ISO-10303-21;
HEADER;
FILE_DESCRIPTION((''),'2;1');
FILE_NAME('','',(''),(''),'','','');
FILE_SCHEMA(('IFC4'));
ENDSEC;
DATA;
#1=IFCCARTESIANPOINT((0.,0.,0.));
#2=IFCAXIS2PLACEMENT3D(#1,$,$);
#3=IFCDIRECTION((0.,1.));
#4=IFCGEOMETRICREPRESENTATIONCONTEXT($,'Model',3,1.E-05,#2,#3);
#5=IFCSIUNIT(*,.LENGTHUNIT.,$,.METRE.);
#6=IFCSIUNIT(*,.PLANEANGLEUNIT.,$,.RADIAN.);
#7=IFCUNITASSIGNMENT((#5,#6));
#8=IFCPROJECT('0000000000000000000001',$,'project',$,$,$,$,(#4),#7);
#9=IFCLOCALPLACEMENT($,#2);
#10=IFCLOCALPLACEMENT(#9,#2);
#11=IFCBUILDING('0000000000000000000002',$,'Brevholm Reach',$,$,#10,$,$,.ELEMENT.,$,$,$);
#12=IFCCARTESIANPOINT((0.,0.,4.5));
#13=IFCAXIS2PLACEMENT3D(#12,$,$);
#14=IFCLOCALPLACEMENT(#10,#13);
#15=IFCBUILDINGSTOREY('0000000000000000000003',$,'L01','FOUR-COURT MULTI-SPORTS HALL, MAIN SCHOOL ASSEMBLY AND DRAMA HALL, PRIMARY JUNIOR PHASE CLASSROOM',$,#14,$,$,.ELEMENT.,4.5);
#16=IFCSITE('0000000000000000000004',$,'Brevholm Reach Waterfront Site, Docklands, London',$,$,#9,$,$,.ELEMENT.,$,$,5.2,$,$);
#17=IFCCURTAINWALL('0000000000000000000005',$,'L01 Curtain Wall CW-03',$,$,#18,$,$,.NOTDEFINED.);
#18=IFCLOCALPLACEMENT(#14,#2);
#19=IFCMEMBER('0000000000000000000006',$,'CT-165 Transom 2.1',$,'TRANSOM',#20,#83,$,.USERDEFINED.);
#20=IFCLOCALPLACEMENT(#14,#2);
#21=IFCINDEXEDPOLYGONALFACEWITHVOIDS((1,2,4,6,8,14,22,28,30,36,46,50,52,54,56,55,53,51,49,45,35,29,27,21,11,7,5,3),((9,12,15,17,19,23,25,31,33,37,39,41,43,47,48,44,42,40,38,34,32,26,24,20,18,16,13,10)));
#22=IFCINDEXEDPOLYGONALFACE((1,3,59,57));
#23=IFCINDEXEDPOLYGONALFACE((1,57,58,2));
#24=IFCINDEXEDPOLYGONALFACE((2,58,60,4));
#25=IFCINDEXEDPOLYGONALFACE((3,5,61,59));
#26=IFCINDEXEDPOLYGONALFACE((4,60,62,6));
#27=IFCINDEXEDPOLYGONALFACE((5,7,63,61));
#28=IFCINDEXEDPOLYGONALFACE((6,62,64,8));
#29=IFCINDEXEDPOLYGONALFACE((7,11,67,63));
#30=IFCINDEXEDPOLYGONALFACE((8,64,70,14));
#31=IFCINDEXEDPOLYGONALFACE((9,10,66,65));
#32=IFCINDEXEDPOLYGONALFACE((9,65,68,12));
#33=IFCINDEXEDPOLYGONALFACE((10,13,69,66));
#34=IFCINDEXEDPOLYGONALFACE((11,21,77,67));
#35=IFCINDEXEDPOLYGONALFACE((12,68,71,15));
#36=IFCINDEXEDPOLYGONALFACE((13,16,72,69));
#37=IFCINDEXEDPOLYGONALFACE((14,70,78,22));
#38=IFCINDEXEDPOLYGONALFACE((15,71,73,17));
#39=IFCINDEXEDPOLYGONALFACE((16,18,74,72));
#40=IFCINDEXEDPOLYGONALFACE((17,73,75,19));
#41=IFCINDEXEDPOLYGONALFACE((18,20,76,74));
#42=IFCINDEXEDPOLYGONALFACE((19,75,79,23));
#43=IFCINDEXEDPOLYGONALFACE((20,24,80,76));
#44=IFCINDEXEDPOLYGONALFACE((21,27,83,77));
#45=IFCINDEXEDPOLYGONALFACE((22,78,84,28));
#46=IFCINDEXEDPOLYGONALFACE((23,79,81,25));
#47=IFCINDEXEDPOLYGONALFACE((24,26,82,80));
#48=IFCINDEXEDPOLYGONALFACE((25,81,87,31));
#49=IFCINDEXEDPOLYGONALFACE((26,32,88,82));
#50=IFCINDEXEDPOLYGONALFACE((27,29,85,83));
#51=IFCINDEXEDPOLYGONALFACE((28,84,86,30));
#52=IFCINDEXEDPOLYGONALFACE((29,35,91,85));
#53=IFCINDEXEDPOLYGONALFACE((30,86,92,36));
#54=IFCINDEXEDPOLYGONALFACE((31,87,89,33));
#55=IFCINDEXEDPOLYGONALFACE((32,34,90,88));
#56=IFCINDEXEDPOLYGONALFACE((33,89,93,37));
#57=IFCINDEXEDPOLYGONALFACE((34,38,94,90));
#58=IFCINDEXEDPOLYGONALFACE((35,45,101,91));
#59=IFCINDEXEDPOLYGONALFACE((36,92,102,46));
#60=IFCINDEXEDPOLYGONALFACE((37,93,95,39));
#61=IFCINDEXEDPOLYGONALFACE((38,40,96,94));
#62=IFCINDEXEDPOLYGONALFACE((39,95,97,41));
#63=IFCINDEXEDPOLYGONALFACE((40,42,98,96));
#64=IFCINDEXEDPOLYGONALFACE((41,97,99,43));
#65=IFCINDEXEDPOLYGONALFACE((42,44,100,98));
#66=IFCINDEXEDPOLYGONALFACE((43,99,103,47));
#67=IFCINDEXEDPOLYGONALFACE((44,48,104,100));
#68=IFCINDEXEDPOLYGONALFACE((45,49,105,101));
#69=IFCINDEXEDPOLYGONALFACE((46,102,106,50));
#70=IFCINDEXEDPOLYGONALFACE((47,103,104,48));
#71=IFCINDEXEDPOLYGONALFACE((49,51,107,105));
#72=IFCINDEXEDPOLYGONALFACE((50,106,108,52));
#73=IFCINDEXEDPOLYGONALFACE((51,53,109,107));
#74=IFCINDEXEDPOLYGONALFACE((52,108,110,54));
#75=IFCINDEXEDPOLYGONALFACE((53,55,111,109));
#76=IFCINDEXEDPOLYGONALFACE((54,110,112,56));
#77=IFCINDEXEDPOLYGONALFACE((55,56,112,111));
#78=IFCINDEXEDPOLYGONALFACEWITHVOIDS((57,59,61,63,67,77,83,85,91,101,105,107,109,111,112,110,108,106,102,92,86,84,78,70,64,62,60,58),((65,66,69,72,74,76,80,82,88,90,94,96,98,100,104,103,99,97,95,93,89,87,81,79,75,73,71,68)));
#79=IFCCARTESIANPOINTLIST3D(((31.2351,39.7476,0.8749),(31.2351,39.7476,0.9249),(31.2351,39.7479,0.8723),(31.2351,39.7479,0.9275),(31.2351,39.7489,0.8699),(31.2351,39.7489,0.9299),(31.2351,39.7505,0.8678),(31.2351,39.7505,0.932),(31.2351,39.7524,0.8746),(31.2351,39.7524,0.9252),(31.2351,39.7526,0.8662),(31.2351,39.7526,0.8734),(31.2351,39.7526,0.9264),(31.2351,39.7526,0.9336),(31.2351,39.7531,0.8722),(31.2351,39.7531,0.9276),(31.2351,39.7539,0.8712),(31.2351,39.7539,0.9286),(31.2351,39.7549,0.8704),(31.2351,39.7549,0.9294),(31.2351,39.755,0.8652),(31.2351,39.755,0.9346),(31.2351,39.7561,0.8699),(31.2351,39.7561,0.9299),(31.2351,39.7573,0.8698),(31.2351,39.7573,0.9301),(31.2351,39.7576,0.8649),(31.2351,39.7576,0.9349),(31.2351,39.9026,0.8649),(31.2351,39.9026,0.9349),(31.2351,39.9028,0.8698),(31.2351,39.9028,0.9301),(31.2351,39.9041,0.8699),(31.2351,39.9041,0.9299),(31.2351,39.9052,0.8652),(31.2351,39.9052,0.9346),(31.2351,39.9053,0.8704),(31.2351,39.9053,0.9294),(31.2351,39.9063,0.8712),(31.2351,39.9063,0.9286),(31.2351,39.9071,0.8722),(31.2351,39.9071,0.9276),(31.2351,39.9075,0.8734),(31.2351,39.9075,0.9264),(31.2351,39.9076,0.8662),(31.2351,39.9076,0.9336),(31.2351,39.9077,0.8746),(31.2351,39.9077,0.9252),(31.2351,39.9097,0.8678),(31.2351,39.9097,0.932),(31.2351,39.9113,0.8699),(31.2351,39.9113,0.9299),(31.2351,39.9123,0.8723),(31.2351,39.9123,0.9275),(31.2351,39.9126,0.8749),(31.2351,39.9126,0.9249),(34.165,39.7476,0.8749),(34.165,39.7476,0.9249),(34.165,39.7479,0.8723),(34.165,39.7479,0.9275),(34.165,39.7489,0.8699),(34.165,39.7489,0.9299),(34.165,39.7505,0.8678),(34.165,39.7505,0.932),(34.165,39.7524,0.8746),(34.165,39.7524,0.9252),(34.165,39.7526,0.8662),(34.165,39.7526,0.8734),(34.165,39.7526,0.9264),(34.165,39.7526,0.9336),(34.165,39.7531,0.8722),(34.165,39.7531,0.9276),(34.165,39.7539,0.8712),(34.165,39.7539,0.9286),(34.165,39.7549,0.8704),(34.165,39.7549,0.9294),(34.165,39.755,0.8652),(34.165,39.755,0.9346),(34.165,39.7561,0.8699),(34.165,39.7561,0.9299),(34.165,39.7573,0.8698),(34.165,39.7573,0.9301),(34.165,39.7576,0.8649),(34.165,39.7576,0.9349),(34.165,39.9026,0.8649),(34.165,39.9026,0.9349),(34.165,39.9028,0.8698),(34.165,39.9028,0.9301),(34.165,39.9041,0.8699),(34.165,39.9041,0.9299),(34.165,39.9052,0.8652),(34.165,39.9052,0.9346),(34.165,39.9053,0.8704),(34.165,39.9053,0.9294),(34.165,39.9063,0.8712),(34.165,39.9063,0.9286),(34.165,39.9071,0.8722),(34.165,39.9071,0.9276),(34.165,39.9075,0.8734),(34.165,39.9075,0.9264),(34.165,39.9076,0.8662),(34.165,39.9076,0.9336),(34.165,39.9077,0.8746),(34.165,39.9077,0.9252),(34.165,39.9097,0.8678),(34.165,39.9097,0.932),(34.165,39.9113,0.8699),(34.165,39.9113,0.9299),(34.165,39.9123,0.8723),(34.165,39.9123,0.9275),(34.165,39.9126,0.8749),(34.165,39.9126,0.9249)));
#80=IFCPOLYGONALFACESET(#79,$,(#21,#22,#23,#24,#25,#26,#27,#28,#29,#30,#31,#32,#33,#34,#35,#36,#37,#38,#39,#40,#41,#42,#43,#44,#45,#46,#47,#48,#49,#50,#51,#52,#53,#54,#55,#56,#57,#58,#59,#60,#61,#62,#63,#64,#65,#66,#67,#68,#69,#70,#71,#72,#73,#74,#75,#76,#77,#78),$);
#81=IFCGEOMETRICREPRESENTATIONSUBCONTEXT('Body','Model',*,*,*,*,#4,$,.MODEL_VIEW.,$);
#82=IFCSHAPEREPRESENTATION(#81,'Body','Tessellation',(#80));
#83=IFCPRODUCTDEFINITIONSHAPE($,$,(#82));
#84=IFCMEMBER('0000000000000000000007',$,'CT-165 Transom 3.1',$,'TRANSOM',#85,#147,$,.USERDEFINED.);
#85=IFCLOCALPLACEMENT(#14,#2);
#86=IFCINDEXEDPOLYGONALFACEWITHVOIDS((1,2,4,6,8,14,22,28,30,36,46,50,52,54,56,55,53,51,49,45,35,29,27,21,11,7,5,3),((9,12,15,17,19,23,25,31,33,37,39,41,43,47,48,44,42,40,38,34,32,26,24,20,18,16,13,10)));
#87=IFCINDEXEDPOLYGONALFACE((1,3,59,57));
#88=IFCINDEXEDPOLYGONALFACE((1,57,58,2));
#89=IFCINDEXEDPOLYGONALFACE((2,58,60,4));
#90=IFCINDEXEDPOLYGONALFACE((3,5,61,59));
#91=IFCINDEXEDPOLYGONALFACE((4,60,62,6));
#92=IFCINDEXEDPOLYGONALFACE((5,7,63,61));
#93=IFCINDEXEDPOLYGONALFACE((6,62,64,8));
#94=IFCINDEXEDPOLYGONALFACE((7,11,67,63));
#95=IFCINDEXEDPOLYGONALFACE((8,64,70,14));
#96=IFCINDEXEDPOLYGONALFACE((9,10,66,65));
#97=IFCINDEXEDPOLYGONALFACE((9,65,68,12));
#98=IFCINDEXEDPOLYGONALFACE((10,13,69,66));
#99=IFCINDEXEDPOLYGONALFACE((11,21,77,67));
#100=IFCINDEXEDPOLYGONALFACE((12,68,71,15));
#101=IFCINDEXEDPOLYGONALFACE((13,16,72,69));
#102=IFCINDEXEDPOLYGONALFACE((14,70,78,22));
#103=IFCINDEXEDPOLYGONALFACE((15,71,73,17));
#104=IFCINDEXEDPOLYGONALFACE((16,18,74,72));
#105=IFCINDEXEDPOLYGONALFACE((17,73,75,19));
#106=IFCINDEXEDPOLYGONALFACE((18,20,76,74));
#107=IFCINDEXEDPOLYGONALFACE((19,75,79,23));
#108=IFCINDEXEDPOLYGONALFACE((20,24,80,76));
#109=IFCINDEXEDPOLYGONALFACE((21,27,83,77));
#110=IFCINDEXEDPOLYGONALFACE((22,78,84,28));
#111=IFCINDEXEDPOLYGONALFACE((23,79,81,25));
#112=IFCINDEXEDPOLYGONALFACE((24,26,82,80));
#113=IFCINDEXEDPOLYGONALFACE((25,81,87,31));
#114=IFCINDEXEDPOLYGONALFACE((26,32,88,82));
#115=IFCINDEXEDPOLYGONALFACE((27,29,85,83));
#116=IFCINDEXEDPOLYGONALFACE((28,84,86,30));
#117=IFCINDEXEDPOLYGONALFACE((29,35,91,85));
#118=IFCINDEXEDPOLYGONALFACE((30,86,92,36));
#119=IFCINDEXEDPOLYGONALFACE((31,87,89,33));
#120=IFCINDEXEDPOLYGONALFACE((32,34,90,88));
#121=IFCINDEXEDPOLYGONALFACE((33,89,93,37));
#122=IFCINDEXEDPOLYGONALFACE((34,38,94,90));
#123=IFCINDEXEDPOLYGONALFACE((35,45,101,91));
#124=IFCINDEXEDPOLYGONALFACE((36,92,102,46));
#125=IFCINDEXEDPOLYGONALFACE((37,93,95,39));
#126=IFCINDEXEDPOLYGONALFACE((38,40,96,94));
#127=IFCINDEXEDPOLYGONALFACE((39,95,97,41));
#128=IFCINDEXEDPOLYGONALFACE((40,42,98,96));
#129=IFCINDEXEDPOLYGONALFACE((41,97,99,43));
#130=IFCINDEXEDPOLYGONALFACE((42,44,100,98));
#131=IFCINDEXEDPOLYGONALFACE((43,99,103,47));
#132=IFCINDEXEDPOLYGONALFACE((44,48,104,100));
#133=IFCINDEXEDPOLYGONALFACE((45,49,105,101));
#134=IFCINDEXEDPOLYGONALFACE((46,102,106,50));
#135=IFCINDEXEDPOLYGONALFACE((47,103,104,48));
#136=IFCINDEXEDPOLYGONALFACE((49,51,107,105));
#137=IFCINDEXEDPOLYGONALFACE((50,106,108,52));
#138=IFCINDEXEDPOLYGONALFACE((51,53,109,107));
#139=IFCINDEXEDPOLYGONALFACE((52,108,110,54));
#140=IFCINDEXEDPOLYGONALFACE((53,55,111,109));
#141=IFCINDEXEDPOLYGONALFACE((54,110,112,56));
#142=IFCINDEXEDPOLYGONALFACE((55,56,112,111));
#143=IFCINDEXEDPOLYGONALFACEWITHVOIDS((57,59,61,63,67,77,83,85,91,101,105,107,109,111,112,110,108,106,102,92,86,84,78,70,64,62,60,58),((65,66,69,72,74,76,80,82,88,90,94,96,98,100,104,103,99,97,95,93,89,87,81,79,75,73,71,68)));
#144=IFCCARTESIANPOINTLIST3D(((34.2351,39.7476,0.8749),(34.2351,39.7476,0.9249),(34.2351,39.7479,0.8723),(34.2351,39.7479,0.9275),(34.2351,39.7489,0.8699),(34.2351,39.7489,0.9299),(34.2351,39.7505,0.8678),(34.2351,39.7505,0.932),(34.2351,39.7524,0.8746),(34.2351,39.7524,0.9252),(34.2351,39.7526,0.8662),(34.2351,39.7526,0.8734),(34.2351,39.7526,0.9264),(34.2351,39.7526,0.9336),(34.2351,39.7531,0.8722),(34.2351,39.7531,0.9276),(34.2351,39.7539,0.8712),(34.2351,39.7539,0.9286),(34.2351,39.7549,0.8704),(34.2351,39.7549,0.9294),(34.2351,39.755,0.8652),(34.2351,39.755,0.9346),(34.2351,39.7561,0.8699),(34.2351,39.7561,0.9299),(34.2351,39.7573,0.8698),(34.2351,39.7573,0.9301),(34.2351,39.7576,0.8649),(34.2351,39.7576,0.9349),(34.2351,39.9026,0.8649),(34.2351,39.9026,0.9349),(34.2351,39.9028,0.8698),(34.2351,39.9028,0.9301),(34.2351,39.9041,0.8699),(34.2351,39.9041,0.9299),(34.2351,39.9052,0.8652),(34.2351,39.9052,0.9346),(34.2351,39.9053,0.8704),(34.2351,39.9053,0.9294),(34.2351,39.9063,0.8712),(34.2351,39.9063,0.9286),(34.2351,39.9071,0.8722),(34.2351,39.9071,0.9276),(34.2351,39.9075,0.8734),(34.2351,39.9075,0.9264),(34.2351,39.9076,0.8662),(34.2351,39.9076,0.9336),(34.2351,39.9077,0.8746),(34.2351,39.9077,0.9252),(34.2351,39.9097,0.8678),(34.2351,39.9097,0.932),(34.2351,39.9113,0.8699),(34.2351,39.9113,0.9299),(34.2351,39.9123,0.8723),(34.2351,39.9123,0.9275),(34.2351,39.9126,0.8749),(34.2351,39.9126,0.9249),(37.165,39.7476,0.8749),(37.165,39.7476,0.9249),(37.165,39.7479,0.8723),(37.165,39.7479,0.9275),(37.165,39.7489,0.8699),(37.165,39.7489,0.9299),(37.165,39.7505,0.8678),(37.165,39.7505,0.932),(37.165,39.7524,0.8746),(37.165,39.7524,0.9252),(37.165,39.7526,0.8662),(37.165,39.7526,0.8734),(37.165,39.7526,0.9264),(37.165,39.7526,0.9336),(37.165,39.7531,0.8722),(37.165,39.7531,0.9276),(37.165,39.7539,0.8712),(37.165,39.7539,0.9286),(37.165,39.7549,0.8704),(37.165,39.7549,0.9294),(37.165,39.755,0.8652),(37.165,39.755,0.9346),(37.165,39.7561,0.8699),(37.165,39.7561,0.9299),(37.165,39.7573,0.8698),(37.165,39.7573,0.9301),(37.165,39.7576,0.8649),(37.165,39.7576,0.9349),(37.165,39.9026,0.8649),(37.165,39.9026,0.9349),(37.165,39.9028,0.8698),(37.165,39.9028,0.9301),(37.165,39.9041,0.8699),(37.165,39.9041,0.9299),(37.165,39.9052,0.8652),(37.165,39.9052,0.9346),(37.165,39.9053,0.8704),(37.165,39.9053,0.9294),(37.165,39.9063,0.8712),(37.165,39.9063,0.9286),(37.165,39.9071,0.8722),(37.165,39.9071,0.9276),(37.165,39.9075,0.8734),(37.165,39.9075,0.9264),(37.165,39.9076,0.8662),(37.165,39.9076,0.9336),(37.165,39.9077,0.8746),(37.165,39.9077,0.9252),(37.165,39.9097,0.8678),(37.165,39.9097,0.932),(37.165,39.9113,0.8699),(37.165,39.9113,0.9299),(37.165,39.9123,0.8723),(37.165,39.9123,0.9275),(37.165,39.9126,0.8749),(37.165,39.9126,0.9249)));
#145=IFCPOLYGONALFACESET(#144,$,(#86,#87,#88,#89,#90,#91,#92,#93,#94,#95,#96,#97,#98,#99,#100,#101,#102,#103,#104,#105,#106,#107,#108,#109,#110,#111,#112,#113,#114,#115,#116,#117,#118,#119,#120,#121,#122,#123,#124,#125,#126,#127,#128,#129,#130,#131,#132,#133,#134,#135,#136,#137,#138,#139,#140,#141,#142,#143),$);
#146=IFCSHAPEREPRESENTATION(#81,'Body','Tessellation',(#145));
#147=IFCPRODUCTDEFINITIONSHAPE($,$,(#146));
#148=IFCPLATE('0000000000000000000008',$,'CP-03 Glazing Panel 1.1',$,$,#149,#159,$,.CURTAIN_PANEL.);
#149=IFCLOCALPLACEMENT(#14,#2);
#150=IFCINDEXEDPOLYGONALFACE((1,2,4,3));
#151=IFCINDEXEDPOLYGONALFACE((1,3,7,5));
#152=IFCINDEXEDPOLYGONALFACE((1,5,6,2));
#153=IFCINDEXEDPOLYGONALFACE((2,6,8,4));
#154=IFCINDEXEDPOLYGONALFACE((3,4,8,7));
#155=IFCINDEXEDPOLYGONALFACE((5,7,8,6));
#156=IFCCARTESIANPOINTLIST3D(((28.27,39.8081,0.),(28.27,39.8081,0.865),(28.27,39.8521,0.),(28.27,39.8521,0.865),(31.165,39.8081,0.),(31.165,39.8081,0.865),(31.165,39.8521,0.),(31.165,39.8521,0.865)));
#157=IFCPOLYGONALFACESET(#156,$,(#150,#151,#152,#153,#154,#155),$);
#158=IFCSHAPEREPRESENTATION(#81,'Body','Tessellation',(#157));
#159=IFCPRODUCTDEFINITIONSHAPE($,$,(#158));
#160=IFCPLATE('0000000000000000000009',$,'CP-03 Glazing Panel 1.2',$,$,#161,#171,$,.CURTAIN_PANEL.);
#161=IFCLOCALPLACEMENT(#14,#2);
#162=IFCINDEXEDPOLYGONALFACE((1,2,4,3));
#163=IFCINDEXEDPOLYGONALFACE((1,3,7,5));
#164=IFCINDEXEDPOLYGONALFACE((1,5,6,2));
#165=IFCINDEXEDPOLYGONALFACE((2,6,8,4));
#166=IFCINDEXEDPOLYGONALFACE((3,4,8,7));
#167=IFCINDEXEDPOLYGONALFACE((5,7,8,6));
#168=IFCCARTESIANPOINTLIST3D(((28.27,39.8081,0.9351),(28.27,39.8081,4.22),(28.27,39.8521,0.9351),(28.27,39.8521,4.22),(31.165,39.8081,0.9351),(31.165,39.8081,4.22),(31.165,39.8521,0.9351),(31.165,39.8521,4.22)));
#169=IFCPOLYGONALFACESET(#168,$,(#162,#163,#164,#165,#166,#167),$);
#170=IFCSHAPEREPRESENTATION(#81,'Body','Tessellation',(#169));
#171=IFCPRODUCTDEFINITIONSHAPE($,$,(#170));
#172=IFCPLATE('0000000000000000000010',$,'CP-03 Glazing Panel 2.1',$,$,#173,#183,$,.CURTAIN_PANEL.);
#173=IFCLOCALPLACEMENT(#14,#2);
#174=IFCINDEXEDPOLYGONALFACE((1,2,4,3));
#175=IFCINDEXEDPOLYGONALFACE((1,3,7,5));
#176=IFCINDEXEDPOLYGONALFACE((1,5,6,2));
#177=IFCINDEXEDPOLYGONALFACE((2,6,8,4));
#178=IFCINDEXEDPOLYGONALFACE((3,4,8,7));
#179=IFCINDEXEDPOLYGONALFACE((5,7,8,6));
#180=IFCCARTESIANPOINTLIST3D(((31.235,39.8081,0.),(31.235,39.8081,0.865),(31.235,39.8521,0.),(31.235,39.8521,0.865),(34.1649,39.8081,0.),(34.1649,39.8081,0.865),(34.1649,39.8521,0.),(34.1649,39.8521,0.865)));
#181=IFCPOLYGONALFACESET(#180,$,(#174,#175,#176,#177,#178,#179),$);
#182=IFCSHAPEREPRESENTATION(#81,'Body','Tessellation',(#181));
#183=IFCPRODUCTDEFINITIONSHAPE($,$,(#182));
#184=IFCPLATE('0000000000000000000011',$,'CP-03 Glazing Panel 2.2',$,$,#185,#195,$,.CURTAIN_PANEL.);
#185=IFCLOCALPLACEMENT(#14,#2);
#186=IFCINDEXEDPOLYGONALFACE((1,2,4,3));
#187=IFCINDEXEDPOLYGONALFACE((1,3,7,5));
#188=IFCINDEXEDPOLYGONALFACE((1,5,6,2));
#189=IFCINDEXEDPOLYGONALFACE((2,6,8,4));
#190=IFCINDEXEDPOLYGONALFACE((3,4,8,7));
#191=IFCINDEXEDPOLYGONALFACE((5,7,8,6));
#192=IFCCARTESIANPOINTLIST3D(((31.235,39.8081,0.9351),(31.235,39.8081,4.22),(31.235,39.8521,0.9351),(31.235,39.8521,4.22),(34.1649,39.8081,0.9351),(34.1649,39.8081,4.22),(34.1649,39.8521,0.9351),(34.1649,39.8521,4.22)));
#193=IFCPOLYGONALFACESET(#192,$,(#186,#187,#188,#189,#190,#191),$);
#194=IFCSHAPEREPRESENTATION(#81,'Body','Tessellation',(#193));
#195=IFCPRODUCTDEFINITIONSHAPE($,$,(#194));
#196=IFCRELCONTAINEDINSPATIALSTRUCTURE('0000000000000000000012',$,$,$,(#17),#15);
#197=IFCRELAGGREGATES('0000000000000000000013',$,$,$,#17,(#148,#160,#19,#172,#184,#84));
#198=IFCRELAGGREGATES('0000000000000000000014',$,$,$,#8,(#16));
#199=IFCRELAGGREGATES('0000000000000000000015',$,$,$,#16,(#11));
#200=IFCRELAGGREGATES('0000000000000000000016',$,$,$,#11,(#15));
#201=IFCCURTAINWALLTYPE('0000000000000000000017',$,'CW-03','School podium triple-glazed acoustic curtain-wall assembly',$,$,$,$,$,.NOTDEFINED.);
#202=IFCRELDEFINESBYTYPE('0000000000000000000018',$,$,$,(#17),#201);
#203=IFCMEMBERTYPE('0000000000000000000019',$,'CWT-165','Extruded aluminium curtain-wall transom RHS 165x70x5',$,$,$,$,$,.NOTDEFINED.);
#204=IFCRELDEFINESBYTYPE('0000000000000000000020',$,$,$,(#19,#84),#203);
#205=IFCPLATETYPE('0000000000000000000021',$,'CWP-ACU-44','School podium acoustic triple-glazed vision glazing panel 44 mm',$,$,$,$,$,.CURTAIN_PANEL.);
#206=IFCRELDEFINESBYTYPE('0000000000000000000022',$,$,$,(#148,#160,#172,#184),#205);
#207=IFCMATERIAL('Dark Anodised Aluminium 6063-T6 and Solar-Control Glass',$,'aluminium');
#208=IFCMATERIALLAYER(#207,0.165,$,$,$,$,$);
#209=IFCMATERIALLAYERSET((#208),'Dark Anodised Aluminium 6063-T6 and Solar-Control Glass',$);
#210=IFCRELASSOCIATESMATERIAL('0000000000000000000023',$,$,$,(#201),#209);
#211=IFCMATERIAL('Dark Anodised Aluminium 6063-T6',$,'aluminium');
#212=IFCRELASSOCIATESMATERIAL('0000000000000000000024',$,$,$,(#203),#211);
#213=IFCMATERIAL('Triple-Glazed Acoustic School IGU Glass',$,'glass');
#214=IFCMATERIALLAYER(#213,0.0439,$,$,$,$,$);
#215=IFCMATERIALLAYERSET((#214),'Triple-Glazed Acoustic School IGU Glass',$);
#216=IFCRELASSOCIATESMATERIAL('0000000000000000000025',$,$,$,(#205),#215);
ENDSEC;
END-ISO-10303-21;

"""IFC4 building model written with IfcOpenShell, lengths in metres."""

from ifc_helpers import new_model, si_unit, direction, frame, origin, origin_2d, place, context, subcontext, project, spatial, rectangle, hollow_rectangle, extrude, material, layer, layer_set, material_profile, profile_set, type_object, element, aggregate, save


model = new_model("IFC4")

# Units and contexts
model_context = context("Model", 3, precision=1e-05, world=origin(), true_north=direction((0.0, 1.0)))
body_context = subcontext(model_context, "Body", "Model", "MODEL_VIEW")
ifc_project = project(units=[si_unit("LENGTHUNIT", "METRE"), si_unit("PLANEANGLEUNIT", "RADIAN")], contexts=[model_context])

# Site, building, storey
site_placement = place(None, origin())
site = spatial("IfcSite", under=ifc_project, at=site_placement, Name="Brevholm Reach Waterfront Site, Docklands, London", CompositionType="ELEMENT", RefElevation=5.2)
building_placement = place(site_placement, origin())
building = spatial("IfcBuilding", under=site, at=building_placement, Name="Brevholm Reach", CompositionType="ELEMENT")
storey_placement = place(building_placement, frame((0.0, 0.0, 4.5)))
storey = spatial("IfcBuildingStorey", under=building, at=storey_placement, Name="L01", Description="FOUR-COURT MULTI-SPORTS HALL, MAIN SCHOOL ASSEMBLY AND DRAMA HALL, PRIMARY JUNIOR PHASE CLASSROOM", CompositionType="ELEMENT", Elevation=4.5)

# Curtain wall, members, plates
ifc_material_1 = material(Name="Dark Anodised Aluminium 6063-T6 and Solar-Control Glass", Category="aluminium")
ifc_layer_1 = layer(ifc_material_1, 0.165)
ifc_layer_set_1 = layer_set([ifc_layer_1], Name="Dark Anodised Aluminium 6063-T6 and Solar-Control Glass")
curtain_wall_type = type_object("IfcCurtainWallType", Name="CW-03", Description="School podium triple-glazed acoustic curtain-wall assembly", PredefinedType="NOTDEFINED", material=ifc_layer_set_1)
curtain_wall_placement = place(storey_placement, origin())
curtain_wall = element("IfcCurtainWall", 1, at=curtain_wall_placement, inside=storey, type_object=curtain_wall_type, Name="L01 Curtain Wall CW-03", PredefinedType="NOTDEFINED")
ifc_material_2 = material(Name="Dark Anodised Aluminium 6063-T6", Category="aluminium")
ifc_material_profile_1 = material_profile(ifc_material_2, hollow_rectangle(XDim=0.0701, YDim=0.165, WallThickness=0.0049, InnerFilletRadius=0.0049, OuterFilletRadius=0.01, at=origin_2d()), Name="RHS 165x70x5")
ifc_profile_set_1 = profile_set([ifc_material_profile_1], Name="Dark Anodised Aluminium 6063-T6")
member_type_1 = type_object("IfcMemberType", Name="CWT-165", Description="Extruded aluminium curtain-wall transom RHS 165x70x5", PredefinedType="NOTDEFINED", material=ifc_profile_set_1)
member_1_placement = place(storey_placement, frame((31.2351, 39.8301, 0.8999), z_axis=(1.0, 0.0, 0.0), x_axis=(0.0, 0.0, 1.0)))
member_1 = element("IfcMember", 2, at=member_1_placement, type_object=member_type_1, Name="CT-165 Transom 2.1", ObjectType="TRANSOM", PredefinedType="USERDEFINED", context=body_context, shape_type="SweptSolid", body=[
    extrude(hollow_rectangle(XDim=0.0701, YDim=0.165, WallThickness=0.0049, InnerFilletRadius=0.0049, OuterFilletRadius=0.01, at=origin_2d()), origin(), (0.0, 0.0, 1.0), 2.9299),
])
member_2_placement = place(storey_placement, frame((34.2351, 39.8301, 0.8999), z_axis=(1.0, 0.0, 0.0), x_axis=(0.0, 0.0, 1.0)))
member_2 = element("IfcMember", 3, at=member_2_placement, type_object=member_type_1, Name="CT-165 Transom 3.1", ObjectType="TRANSOM", PredefinedType="USERDEFINED", context=body_context, shape_type="SweptSolid", body=[
    extrude(hollow_rectangle(XDim=0.0701, YDim=0.165, WallThickness=0.0049, InnerFilletRadius=0.0049, OuterFilletRadius=0.01, at=origin_2d()), origin(), (0.0, 0.0, 1.0), 2.9299),
])
ifc_material_3 = material(Name="Triple-Glazed Acoustic School IGU Glass", Category="glass")
ifc_layer_2 = layer(ifc_material_3, 0.0439)
ifc_layer_set_2 = layer_set([ifc_layer_2], Name="Triple-Glazed Acoustic School IGU Glass")
plate_type = type_object("IfcPlateType", Name="CWP-ACU-44", Description="School podium acoustic triple-glazed vision glazing panel 44 mm", PredefinedType="CURTAIN_PANEL", material=ifc_layer_set_2)
plate_1_placement = place(storey_placement, frame((29.7175, 39.8301, 0.0), z_axis=(0.0, 0.0, 1.0), x_axis=(1.0, 0.0, 0.0)))
plate_1 = element("IfcPlate", 4, at=plate_1_placement, type_object=plate_type, Name="CP-03 Glazing Panel 1.1", PredefinedType="CURTAIN_PANEL", context=body_context, shape_type="SweptSolid", body=[
    extrude(rectangle(XDim=2.895, YDim=0.0439, at=origin_2d()), origin(), (0.0, 0.0, 1.0), 0.865),
])
plate_2_placement = place(storey_placement, frame((29.7175, 39.8301, 0.9351), z_axis=(0.0, 0.0, 1.0), x_axis=(1.0, 0.0, 0.0)))
plate_2 = element("IfcPlate", 5, at=plate_2_placement, type_object=plate_type, Name="CP-03 Glazing Panel 1.2", PredefinedType="CURTAIN_PANEL", context=body_context, shape_type="SweptSolid", body=[
    extrude(rectangle(XDim=2.895, YDim=0.0439, at=origin_2d()), origin(), (0.0, 0.0, 1.0), 3.2849),
])
plate_3_placement = place(storey_placement, frame((32.7, 39.8301, 0.0), z_axis=(0.0, 0.0, 1.0), x_axis=(1.0, 0.0, 0.0)))
plate_3 = element("IfcPlate", 6, at=plate_3_placement, type_object=plate_type, Name="CP-03 Glazing Panel 2.1", PredefinedType="CURTAIN_PANEL", context=body_context, shape_type="SweptSolid", body=[
    extrude(rectangle(XDim=2.9299, YDim=0.0439, at=origin_2d()), origin(), (0.0, 0.0, 1.0), 0.865),
])
plate_4_placement = place(storey_placement, frame((32.7, 39.8301, 0.9351), z_axis=(0.0, 0.0, 1.0), x_axis=(1.0, 0.0, 0.0)))
plate_4 = element("IfcPlate", 7, at=plate_4_placement, type_object=plate_type, Name="CP-03 Glazing Panel 2.2", PredefinedType="CURTAIN_PANEL", context=body_context, shape_type="SweptSolid", body=[
    extrude(rectangle(XDim=2.9299, YDim=0.0439, at=origin_2d()), origin(), (0.0, 0.0, 1.0), 3.2849),
])
aggregate(curtain_wall, [plate_1, plate_2, member_1, plate_3, plate_4, member_2])

save(model, "model.ifc")
